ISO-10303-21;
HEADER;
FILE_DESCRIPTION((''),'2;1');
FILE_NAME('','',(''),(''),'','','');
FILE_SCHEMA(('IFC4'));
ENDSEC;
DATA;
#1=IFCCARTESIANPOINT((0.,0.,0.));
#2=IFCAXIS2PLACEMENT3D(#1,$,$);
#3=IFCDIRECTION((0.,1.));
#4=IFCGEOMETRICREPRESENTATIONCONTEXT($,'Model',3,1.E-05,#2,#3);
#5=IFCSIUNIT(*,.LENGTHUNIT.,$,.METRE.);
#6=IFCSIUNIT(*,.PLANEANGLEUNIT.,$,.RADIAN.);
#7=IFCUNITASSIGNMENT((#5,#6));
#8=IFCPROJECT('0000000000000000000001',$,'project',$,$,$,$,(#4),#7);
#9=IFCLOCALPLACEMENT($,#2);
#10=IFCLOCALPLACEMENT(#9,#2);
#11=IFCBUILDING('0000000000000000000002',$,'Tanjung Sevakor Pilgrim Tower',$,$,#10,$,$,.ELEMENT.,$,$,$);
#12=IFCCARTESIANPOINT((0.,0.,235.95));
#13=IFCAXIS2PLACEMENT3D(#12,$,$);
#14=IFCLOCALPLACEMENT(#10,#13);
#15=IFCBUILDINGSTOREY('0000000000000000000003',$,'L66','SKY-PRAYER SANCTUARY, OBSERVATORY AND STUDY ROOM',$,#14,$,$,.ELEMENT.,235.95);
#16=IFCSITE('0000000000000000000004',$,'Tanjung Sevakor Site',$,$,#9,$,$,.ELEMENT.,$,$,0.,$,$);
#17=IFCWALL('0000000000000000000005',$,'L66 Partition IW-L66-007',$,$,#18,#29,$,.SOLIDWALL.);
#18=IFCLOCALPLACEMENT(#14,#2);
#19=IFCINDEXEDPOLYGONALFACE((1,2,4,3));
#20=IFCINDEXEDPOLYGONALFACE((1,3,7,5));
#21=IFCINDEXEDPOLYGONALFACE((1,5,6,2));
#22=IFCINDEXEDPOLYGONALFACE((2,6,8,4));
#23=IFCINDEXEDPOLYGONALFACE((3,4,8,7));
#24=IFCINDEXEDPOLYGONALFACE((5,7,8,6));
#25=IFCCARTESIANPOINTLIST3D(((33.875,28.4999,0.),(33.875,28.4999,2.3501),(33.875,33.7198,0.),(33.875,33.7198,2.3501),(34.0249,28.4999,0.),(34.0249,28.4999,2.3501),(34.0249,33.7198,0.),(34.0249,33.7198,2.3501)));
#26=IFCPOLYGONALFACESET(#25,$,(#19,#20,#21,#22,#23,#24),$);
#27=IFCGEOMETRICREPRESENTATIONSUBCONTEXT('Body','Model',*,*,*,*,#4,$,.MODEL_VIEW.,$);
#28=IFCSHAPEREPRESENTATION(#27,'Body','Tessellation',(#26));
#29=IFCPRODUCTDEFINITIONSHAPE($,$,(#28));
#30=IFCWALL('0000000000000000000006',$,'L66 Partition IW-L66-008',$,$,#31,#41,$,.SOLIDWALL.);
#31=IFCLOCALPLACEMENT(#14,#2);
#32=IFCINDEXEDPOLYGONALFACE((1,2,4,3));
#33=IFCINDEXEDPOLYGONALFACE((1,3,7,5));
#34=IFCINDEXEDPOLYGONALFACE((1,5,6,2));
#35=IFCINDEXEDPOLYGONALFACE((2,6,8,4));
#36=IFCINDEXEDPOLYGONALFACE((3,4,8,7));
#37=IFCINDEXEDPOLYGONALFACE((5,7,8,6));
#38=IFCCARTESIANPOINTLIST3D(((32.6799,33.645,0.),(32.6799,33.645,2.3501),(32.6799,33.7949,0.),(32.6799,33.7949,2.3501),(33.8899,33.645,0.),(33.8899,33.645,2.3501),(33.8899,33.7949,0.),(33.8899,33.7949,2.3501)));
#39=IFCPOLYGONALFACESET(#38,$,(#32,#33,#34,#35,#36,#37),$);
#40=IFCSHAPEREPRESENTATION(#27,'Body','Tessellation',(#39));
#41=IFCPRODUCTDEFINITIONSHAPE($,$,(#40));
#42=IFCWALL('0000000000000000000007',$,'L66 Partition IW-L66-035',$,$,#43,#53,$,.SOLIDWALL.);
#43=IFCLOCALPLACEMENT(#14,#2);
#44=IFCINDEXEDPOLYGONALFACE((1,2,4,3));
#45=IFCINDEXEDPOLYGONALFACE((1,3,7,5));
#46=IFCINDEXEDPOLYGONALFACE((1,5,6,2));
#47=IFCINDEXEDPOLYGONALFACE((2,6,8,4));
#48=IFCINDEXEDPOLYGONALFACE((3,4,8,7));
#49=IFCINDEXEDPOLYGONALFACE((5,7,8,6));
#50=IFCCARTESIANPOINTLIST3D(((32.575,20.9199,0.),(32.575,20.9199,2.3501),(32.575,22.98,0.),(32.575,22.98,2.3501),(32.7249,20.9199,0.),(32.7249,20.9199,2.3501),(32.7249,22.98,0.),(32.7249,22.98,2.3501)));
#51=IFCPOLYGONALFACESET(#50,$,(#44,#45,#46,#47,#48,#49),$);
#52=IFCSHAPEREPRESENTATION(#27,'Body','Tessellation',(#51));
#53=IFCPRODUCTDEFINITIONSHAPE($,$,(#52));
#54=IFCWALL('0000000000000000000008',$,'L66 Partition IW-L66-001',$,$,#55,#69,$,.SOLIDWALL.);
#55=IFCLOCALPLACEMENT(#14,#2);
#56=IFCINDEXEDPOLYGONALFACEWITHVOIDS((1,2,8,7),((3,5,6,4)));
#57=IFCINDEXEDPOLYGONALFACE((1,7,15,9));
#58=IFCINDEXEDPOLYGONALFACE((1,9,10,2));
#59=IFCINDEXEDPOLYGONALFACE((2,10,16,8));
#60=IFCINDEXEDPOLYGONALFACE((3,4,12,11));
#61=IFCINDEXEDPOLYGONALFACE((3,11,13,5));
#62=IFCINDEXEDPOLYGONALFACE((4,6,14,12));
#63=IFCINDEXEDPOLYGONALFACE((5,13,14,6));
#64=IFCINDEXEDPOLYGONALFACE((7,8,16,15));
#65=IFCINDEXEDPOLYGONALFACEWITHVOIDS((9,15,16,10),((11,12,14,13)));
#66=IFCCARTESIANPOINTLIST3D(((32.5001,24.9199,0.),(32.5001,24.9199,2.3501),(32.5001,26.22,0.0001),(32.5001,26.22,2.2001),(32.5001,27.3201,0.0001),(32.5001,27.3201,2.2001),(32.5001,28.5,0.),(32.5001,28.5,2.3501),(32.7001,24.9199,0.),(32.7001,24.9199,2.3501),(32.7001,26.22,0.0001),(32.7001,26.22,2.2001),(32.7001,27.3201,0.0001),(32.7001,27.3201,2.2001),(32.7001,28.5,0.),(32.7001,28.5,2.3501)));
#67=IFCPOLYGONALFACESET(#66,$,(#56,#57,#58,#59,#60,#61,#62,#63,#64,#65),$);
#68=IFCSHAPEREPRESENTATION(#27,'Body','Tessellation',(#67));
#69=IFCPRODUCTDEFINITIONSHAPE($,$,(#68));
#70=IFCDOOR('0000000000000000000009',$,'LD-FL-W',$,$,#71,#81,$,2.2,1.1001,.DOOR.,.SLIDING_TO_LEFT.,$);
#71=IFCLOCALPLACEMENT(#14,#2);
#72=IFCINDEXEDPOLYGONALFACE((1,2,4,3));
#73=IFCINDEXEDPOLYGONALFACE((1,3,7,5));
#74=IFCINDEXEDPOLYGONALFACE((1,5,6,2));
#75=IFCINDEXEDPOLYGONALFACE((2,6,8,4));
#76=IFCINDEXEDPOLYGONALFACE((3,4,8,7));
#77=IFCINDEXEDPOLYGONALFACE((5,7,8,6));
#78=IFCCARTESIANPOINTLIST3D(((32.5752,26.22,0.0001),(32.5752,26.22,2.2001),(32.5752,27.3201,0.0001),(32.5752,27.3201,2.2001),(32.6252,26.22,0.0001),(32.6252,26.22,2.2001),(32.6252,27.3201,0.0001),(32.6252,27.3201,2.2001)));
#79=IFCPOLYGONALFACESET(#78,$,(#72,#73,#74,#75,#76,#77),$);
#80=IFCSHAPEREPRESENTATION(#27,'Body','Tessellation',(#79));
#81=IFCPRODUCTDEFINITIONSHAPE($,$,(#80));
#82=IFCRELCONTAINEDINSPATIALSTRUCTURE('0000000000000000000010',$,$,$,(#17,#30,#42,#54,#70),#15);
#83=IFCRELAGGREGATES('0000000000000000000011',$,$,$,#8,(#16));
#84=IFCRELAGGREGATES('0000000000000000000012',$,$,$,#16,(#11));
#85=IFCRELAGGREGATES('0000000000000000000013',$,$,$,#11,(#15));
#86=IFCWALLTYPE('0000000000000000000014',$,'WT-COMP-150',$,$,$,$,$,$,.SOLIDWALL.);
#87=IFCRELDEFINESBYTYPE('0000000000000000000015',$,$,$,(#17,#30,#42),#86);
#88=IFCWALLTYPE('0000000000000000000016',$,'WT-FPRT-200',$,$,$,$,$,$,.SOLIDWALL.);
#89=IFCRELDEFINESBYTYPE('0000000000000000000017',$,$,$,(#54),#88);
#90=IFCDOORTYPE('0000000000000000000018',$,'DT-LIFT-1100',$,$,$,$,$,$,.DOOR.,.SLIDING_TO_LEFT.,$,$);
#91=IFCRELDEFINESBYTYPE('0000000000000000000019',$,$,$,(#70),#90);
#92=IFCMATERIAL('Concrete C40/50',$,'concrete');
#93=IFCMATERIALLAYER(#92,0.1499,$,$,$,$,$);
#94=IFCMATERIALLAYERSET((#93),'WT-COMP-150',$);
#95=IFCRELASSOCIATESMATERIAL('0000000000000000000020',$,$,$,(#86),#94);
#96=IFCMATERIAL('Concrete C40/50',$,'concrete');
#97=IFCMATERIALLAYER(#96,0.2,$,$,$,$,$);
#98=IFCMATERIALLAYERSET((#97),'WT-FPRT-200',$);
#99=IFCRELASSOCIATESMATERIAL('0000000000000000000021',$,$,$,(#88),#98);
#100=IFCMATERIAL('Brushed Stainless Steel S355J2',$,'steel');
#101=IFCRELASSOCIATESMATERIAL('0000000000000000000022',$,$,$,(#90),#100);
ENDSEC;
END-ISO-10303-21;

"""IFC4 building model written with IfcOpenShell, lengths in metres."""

from ifc_helpers import new_model, si_unit, direction, frame, frame_2d, origin, place, context, subcontext, project, spatial, rectangle, extrude, material, layer, layer_set, type_object, element, fill, save


model = new_model("IFC4")

# Units and contexts
model_context = context("Model", 3, precision=1e-05, world=origin(), true_north=direction((0.0, 1.0)))
body_context = subcontext(model_context, "Body", "Model", "MODEL_VIEW")
ifc_project = project(units=[si_unit("LENGTHUNIT", "METRE"), si_unit("PLANEANGLEUNIT", "RADIAN")], contexts=[model_context])

# Site, building, storey
site_placement = place(None, origin())
site = spatial("IfcSite", under=ifc_project, at=site_placement, Name="Tanjung Sevakor Site", CompositionType="ELEMENT", RefElevation=0.0)
building_placement = place(site_placement, origin())
building = spatial("IfcBuilding", under=site, at=building_placement, Name="Tanjung Sevakor Pilgrim Tower", CompositionType="ELEMENT")
storey_placement = place(building_placement, frame((0.0, 0.0, 235.95)))
storey = spatial("IfcBuildingStorey", under=building, at=storey_placement, Name="L66", Description="SKY-PRAYER SANCTUARY, OBSERVATORY AND STUDY ROOM", CompositionType="ELEMENT", Elevation=235.95)

# Shared definitions
ifc_material_1 = material(Name="Concrete C40/50", Category="concrete")
ifc_layer_1 = layer(ifc_material_1, 0.1499)
ifc_layer_set_1 = layer_set([ifc_layer_1], Name="WT-COMP-150")
wall_type_1 = type_object("IfcWallType", Name="WT-COMP-150", PredefinedType="SOLIDWALL", material=ifc_layer_set_1)

# Walls
wall_1_placement = place(storey_placement, frame((33.95, 28.5, 0.0), z_axis=(0.0, 0.0, 1.0), x_axis=(0.0, 1.0, 0.0)))
element("IfcWall", 1, at=wall_1_placement, inside=storey, type_object=wall_type_1, Name="L66 Partition IW-L66-007", PredefinedType="SOLIDWALL", context=body_context, shape_type="SweptSolid", body=[
    extrude(rectangle(XDim=5.22, YDim=0.1499, at=frame_2d((2.6099, 0.0))), origin(), (0.0, 0.0, 1.0), 2.3501),
])
wall_2_placement = place(storey_placement, frame((32.6799, 33.72, 0.0), z_axis=(0.0, 0.0, 1.0), x_axis=(1.0, 0.0, 0.0)))
element("IfcWall", 2, at=wall_2_placement, inside=storey, type_object=wall_type_1, Name="L66 Partition IW-L66-008", PredefinedType="SOLIDWALL", context=body_context, shape_type="SweptSolid", body=[
    extrude(rectangle(XDim=1.21, YDim=0.1499, at=frame_2d((0.605, 0.0))), origin(), (0.0, 0.0, 1.0), 2.3501),
])

# Wall
wall_3_placement = place(storey_placement, frame((32.6499, 20.9199, 0.0), z_axis=(0.0, 0.0, 1.0), x_axis=(0.0, 1.0, 0.0)))
element("IfcWall", 3, at=wall_3_placement, inside=storey, type_object=wall_type_1, Name="L66 Partition IW-L66-035", PredefinedType="SOLIDWALL", context=body_context, shape_type="SweptSolid", body=[
    extrude(rectangle(XDim=2.0601, YDim=0.1499, at=frame_2d((1.03, 0.0))), origin(), (0.0, 0.0, 1.0), 2.3501),
])

# Wall, opening, door
ifc_material_2 = material(Name="Concrete C40/50", Category="concrete")
ifc_layer_2 = layer(ifc_material_2, 0.2)
ifc_layer_set_2 = layer_set([ifc_layer_2], Name="WT-FPRT-200")
wall_type_2 = type_object("IfcWallType", Name="WT-FPRT-200", PredefinedType="SOLIDWALL", material=ifc_layer_set_2)
wall_4_placement = place(storey_placement, frame((32.6001, 24.9199, 0.0), z_axis=(0.0, 0.0, 1.0), x_axis=(0.0, 1.0, 0.0)))
wall_4 = element("IfcWall", 4, at=wall_4_placement, inside=storey, type_object=wall_type_2, Name="L66 Partition IW-L66-001", PredefinedType="SOLIDWALL", context=body_context, shape_type="SweptSolid", body=[
    extrude(rectangle(XDim=3.5801, YDim=0.2, at=frame_2d((1.79, 0.0))), origin(), (0.0, 0.0, 1.0), 2.3501),
])
opening_1_placement = place(wall_4_placement, frame((1.3, 0.0, 0.0)))
opening_1 = element("IfcOpeningElement", 5, at=opening_1_placement, cuts=wall_4, PredefinedType="OPENING", context=body_context, shape_type="SweptSolid", body=[
    extrude(rectangle(XDim=1.1001, YDim=2.2, at=frame_2d((0.55, 1.1001))), frame((0.0, 0.1099, 0.0), z_axis=(0.0, -1.0, 0.0), x_axis=(1.0, 0.0, 0.0)), (0.0, 0.0, 1.0), 0.22),
])
ifc_material_3 = material(Name="Brushed Stainless Steel S355J2", Category="steel")
door_type_1 = type_object("IfcDoorType", Name="DT-LIFT-1100", OperationType="SLIDING_TO_LEFT", PredefinedType="DOOR", material=ifc_material_3)
door_1_placement = place(opening_1_placement, origin())
door_1 = element("IfcDoor", 6, at=door_1_placement, inside=storey, type_object=door_type_1, Name="LD-FL-W", OperationType="SLIDING_TO_LEFT", OverallHeight=2.2, OverallWidth=1.1001, PredefinedType="DOOR", context=body_context, shape_type="SweptSolid", body=[
    extrude(rectangle(XDim=1.1001, YDim=2.2, at=frame_2d((0.55, 1.1001))), frame((0.0, 0.0249, 0.0), z_axis=(0.0, -1.0, 0.0), x_axis=(1.0, 0.0, 0.0)), (0.0, 0.0, 1.0), 0.05),
])
fill(opening_1, door_1)

save(model, "model.ifc")
